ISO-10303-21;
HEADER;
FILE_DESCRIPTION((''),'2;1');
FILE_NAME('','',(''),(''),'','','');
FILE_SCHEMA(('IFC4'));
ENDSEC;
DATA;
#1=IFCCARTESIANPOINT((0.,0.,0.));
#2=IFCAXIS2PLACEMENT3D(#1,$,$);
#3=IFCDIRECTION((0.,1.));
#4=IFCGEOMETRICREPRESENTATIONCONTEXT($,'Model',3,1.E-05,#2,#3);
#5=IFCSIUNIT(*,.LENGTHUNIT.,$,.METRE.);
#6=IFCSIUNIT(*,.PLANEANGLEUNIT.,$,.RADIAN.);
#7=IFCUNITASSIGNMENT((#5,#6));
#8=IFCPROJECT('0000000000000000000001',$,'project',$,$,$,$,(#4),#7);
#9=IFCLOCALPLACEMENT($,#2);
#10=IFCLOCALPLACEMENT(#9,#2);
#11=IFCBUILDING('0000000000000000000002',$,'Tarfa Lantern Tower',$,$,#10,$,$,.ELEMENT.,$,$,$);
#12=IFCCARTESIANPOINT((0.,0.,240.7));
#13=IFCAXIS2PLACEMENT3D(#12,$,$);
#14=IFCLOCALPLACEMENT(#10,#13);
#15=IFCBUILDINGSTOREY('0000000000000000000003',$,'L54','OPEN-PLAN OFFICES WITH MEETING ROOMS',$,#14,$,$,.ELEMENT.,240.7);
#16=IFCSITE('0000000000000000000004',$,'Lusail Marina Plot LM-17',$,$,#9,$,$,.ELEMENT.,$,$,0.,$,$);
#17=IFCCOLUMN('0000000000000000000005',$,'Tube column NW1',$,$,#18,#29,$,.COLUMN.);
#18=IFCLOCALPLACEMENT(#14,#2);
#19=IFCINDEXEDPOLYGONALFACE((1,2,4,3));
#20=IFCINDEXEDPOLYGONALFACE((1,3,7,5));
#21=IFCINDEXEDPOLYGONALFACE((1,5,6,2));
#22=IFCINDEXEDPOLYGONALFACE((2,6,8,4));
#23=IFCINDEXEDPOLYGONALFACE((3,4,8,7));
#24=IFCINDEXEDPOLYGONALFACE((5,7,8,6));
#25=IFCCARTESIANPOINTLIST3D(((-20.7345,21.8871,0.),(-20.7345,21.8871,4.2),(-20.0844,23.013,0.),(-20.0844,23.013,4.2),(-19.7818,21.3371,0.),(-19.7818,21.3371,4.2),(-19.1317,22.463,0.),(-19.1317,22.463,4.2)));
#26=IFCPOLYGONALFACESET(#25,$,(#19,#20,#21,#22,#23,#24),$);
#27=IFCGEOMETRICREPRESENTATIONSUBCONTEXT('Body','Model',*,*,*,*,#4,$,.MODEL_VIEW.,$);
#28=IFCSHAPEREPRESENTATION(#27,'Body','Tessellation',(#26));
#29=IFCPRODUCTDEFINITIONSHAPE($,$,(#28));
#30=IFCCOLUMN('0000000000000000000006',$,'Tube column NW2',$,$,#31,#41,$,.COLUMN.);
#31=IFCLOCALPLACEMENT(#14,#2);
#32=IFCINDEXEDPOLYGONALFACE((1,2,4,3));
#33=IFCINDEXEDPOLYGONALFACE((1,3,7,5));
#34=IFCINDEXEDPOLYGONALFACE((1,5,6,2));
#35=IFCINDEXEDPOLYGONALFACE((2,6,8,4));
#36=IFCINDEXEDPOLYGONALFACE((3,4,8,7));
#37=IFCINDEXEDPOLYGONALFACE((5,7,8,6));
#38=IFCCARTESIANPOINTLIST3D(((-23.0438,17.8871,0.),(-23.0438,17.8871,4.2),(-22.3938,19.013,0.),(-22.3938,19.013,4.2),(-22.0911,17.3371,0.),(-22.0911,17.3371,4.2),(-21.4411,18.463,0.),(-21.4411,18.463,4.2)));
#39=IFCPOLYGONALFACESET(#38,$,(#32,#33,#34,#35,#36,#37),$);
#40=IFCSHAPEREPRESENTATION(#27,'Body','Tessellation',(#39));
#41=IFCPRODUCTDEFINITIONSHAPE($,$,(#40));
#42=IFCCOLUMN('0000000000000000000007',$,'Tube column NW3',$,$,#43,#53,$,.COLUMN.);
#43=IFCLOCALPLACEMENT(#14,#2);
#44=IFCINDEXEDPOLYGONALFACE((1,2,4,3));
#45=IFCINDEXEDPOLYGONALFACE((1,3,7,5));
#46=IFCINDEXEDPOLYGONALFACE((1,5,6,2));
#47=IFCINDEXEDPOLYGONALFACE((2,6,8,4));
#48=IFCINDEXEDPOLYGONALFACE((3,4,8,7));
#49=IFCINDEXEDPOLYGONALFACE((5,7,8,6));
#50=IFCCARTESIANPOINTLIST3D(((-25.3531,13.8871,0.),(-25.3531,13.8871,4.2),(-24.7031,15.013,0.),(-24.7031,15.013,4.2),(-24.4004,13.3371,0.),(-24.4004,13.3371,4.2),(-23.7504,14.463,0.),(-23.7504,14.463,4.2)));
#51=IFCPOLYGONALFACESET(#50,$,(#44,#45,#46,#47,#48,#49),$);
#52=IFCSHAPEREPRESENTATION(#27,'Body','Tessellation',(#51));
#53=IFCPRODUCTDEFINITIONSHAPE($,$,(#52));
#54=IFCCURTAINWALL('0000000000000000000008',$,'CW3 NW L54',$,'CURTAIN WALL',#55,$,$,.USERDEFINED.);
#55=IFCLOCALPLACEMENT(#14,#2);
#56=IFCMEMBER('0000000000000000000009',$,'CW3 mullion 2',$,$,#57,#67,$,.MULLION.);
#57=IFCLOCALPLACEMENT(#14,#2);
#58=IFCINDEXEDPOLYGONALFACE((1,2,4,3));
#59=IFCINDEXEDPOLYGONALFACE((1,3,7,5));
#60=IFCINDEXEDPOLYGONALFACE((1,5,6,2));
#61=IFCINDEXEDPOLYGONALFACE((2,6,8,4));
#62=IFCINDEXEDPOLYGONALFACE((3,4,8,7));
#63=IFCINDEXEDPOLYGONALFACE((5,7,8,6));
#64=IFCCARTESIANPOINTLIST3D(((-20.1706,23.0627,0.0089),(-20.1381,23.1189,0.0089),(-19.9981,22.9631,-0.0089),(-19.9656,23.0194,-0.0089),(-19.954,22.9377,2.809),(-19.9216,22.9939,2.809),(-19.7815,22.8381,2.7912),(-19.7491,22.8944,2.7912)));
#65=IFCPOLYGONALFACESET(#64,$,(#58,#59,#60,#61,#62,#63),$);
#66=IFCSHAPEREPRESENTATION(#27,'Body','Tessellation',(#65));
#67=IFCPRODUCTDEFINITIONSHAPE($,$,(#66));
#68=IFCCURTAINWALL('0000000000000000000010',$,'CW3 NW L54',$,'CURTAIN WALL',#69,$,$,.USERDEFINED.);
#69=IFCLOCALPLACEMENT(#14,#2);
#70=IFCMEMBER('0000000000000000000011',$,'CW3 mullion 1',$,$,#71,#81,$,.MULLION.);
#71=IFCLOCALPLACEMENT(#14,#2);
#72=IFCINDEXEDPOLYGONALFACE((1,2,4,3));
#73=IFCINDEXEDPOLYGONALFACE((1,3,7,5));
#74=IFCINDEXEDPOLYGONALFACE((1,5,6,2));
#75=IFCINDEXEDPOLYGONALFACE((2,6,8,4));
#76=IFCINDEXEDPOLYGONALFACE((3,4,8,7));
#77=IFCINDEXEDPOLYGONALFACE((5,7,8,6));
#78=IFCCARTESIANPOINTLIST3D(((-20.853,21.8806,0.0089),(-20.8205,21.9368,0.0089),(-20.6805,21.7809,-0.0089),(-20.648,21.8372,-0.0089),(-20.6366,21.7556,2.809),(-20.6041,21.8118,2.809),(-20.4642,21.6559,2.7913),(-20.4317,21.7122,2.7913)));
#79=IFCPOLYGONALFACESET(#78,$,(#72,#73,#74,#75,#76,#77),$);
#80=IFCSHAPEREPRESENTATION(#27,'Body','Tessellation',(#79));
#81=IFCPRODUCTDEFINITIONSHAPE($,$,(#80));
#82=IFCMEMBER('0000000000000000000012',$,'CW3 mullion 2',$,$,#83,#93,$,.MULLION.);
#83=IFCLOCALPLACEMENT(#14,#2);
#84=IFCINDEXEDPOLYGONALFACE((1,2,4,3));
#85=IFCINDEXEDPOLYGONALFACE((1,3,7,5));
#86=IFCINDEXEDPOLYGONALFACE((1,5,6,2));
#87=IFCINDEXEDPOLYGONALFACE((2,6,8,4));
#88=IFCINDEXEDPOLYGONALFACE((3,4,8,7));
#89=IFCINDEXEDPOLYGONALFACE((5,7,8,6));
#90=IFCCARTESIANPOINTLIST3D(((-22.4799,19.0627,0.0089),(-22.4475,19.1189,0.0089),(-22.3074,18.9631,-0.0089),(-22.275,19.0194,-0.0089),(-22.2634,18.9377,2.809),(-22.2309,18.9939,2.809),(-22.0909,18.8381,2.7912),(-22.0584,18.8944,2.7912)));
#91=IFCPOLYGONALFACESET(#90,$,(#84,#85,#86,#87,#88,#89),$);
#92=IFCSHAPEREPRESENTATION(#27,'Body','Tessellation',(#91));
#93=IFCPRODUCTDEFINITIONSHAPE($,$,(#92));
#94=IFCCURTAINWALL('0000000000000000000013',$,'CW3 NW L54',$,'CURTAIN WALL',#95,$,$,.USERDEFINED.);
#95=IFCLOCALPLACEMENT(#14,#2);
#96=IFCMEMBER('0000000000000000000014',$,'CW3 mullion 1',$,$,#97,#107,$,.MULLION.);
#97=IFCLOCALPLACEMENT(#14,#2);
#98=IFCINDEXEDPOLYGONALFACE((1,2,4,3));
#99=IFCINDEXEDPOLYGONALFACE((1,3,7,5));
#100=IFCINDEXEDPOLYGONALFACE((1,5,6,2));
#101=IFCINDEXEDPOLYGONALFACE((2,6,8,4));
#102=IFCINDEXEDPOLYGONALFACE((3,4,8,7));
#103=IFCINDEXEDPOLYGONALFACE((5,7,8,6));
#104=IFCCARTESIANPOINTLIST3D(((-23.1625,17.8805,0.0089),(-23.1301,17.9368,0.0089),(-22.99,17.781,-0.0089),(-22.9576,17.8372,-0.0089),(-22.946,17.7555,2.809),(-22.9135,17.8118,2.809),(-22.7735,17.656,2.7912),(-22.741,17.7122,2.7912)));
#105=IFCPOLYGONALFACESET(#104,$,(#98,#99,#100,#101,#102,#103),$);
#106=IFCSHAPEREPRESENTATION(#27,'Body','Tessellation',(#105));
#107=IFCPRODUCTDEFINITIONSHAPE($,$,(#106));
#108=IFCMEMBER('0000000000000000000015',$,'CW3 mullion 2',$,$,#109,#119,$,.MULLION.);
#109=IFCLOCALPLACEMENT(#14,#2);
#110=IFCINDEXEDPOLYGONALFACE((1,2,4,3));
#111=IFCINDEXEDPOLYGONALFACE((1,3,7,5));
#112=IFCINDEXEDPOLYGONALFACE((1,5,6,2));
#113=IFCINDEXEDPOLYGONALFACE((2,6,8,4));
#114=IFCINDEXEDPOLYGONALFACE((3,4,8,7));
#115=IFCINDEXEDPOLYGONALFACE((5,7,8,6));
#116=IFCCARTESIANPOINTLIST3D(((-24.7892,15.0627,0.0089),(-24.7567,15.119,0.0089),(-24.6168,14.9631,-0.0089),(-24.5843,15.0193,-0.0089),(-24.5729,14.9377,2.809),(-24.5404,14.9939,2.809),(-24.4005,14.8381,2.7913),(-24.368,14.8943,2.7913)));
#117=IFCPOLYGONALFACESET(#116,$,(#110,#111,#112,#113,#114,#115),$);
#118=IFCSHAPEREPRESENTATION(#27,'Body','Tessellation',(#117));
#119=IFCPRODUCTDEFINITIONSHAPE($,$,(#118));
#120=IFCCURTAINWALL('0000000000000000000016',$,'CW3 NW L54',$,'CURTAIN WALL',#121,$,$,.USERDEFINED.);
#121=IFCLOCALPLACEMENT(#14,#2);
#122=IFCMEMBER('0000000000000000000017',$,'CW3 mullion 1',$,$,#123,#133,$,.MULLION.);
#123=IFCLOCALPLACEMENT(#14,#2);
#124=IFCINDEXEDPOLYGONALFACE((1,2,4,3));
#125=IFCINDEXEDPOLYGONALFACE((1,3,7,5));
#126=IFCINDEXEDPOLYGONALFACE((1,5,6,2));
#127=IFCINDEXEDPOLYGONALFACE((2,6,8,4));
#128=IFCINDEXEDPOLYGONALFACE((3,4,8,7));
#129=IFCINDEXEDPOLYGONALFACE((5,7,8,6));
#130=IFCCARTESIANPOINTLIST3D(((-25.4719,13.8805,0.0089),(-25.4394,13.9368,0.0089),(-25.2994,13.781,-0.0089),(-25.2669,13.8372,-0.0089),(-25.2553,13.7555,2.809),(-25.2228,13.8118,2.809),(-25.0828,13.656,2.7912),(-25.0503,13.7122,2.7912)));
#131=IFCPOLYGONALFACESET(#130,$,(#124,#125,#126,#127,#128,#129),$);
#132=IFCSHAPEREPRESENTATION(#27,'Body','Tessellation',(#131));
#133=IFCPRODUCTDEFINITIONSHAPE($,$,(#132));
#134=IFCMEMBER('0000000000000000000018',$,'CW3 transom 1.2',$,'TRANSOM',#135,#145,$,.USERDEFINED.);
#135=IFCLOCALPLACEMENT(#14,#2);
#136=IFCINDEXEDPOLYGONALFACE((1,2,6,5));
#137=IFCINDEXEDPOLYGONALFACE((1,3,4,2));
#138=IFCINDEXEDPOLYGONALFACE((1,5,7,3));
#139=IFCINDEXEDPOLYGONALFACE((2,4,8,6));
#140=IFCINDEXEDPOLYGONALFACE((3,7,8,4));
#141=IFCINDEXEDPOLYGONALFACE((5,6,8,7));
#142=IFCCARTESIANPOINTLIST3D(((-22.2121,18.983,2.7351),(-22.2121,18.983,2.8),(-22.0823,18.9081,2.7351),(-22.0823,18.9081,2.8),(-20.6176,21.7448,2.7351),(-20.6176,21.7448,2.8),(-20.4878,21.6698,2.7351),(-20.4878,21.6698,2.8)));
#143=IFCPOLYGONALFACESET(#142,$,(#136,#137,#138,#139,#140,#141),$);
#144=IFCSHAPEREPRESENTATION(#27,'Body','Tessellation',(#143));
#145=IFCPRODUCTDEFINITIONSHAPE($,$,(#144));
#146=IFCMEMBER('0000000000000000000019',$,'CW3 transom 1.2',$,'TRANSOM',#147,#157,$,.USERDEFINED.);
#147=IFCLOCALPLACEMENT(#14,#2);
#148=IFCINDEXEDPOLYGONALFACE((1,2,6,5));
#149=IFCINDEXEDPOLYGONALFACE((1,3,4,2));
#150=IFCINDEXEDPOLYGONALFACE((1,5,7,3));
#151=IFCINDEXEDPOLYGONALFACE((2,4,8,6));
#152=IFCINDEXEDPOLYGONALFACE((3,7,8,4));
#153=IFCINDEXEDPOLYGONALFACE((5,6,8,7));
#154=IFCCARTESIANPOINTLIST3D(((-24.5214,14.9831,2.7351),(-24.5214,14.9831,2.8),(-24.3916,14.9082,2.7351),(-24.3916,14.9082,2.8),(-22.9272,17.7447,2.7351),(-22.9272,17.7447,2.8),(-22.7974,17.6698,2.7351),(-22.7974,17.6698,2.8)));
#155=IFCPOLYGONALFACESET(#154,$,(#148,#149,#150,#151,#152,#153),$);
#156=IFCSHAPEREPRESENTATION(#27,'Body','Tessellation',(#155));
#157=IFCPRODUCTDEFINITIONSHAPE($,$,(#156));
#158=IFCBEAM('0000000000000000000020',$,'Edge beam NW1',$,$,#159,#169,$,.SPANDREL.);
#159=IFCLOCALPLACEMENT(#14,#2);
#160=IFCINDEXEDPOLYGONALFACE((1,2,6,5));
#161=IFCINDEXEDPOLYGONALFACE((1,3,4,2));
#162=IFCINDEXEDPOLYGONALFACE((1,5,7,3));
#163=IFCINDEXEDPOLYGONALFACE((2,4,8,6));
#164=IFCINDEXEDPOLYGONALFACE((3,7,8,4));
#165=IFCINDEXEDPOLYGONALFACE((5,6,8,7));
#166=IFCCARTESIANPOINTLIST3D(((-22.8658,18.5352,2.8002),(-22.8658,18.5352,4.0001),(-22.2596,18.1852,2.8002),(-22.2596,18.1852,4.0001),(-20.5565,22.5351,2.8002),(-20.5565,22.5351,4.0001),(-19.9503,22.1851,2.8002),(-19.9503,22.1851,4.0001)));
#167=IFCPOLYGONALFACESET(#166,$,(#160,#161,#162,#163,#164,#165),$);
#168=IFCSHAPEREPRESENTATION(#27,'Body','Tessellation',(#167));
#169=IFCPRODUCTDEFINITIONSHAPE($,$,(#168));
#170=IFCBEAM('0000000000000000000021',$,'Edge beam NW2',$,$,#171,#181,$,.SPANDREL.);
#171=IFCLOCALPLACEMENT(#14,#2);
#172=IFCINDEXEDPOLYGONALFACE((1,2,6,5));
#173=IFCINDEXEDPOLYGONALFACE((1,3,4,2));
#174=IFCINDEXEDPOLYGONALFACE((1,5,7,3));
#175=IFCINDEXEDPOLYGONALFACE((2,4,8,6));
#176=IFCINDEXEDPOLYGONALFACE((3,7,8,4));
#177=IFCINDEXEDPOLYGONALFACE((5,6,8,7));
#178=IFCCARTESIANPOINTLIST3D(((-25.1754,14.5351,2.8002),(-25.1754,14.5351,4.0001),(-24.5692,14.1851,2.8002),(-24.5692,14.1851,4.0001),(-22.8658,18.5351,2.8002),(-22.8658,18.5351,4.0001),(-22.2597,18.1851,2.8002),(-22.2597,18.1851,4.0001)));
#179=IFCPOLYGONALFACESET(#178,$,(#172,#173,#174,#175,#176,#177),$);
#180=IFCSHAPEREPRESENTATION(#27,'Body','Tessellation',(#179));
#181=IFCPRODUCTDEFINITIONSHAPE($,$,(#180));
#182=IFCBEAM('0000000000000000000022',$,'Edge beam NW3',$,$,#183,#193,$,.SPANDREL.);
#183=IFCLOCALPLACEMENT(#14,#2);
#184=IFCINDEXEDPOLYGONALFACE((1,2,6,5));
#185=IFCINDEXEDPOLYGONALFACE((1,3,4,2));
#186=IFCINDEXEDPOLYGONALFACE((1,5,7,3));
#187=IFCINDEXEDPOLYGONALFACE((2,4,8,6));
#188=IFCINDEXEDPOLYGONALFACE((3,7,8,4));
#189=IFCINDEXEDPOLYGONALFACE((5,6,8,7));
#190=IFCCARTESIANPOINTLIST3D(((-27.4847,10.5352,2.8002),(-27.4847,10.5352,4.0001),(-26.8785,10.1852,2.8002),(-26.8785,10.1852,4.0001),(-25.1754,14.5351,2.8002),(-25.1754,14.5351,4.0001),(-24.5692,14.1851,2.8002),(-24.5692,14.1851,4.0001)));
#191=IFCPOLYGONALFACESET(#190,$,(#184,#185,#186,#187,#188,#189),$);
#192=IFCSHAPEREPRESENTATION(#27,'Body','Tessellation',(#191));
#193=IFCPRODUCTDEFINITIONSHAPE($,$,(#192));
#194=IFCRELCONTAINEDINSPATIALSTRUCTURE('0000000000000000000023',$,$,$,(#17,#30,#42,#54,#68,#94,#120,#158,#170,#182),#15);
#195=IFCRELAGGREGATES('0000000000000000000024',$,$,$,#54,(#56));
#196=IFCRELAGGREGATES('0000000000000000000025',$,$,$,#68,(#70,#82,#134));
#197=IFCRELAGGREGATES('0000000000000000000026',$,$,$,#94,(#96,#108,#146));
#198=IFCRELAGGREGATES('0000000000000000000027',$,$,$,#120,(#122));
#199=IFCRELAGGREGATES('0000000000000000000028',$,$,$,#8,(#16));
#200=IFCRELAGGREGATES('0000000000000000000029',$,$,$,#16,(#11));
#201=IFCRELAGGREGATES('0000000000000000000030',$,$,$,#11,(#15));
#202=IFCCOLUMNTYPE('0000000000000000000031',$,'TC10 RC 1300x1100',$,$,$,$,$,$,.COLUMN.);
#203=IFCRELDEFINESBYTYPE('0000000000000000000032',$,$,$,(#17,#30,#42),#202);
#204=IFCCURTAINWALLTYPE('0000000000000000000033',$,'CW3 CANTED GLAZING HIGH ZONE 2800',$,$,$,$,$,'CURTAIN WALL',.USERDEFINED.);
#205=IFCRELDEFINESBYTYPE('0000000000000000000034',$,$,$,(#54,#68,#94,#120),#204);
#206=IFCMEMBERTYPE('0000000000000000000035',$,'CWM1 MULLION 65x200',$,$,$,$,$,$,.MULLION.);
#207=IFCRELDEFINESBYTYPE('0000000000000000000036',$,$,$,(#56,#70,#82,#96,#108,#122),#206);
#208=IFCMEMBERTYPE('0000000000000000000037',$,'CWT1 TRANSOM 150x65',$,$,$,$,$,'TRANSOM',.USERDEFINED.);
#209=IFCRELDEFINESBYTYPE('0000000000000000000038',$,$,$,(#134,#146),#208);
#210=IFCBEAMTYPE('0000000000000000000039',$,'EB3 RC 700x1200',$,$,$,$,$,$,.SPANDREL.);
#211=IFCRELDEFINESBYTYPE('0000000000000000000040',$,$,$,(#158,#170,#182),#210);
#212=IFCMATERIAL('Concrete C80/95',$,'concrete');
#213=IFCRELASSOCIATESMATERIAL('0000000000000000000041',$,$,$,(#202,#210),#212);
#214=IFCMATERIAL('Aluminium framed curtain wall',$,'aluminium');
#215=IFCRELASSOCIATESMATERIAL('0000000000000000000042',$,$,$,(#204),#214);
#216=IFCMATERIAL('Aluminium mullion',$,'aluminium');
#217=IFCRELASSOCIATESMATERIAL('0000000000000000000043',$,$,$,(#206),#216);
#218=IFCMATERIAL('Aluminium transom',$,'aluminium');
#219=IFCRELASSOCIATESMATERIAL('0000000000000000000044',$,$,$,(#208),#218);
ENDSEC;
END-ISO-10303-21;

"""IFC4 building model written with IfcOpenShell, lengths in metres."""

from ifc_helpers import new_model, si_unit, direction, frame, origin, origin_2d, place, context, subcontext, project, spatial, rectangle, extrude, material, material_profile, profile_set, type_object, element, aggregate, save


model = new_model("IFC4")

# Units and contexts
model_context = context("Model", 3, precision=1e-05, world=origin(), true_north=direction((0.0, 1.0)))
body_context = subcontext(model_context, "Body", "Model", "MODEL_VIEW")
ifc_project = project(units=[si_unit("LENGTHUNIT", "METRE"), si_unit("PLANEANGLEUNIT", "RADIAN")], contexts=[model_context])

# Site, building, storey
site_placement = place(None, origin())
site = spatial("IfcSite", under=ifc_project, at=site_placement, Name="Lusail Marina Plot LM-17", CompositionType="ELEMENT", RefElevation=0.0)
building_placement = place(site_placement, origin())
building = spatial("IfcBuilding", under=site, at=building_placement, Name="Tarfa Lantern Tower", CompositionType="ELEMENT")
storey_placement = place(building_placement, frame((0.0, 0.0, 240.7)))
storey = spatial("IfcBuildingStorey", under=building, at=storey_placement, Name="L54", Description="OPEN-PLAN OFFICES WITH MEETING ROOMS", CompositionType="ELEMENT", Elevation=240.7)

# Columns
ifc_material_1 = material(Name="Concrete C80/95", Category="concrete")
ifc_material_profile_1 = material_profile(ifc_material_1, rectangle(XDim=1.3, YDim=1.1001, at=origin_2d()), Name="RC 1300x1100")
ifc_profile_set_1 = profile_set([ifc_material_profile_1], Name="Concrete C80/95")
column_type = type_object("IfcColumnType", Name="TC10 RC 1300x1100", PredefinedType="COLUMN", material=ifc_profile_set_1)
for number, where, z_axis, x_axis, name in (
    (1, (-19.9331, 22.175, 0.0), (0.0, 0.0, 1.0), (-0.5, -0.866025, 0.0), "Tube column NW1"),
    (2, (-22.2424, 18.175, 0.0), (0.0, 0.0, 1.0), (-0.5, -0.866025, 0.0), "Tube column NW2"),
    (3, (-24.5518, 14.175, 0.0), (0.0, 0.0, 1.0), (-0.5, -0.866025, 0.0), "Tube column NW3"),
):
    element("IfcColumn", number, at=place(storey_placement, frame(where, z_axis=z_axis, x_axis=x_axis)), inside=storey, type_object=column_type, Name=name, PredefinedType="COLUMN", context=body_context, shape_type="SweptSolid", body=[
        extrude(rectangle(XDim=1.3, YDim=1.1001, at=origin_2d()), origin(), (0.0, 0.0, 1.0), 4.2),
    ])

# Curtain wall, member
ifc_material_2 = material(Name="Aluminium framed curtain wall", Category="aluminium")
curtain_wall_type = type_object("IfcCurtainWallType", Name="CW3 CANTED GLAZING HIGH ZONE 2800", ElementType="CURTAIN WALL", PredefinedType="USERDEFINED", material=ifc_material_2)
curtain_wall_1_placement = place(storey_placement, origin())
curtain_wall_1 = element("IfcCurtainWall", 4, at=curtain_wall_1_placement, inside=storey, type_object=curtain_wall_type, Name="CW3 NW L54", ObjectType="CURTAIN WALL", PredefinedType="USERDEFINED")
ifc_material_3 = material(Name="Aluminium mullion", Category="aluminium")
ifc_material_profile_2 = material_profile(ifc_material_3, rectangle(XDim=0.0649, YDim=0.2, at=origin_2d()), Name="AL MULLION 65x200")
ifc_profile_set_2 = profile_set([ifc_material_profile_2], Name="Aluminium mullion")
member_type_1 = type_object("IfcMemberType", Name="CWM1 MULLION 65x200", PredefinedType="MULLION", material=ifc_profile_set_2)
member_1_placement = place(storey_placement, frame((-20.0681, 23.041, 0.0), z_axis=(0.077032, -0.044465, 0.996037), x_axis=(0.49992, 0.866072, 0.0)))
member_1 = element("IfcMember", 5, at=member_1_placement, type_object=member_type_1, Name="CW3 mullion 2", PredefinedType="MULLION", context=body_context, shape_type="SweptSolid", body=[
    extrude(rectangle(XDim=0.0649, YDim=0.2, at=origin_2d()), origin(), (0.0, 0.0, 1.0), 2.8113),
])

# Curtain walls, members
curtain_wall_2_placement = place(storey_placement, origin())
curtain_wall_2 = element("IfcCurtainWall", 6, at=curtain_wall_2_placement, inside=storey, type_object=curtain_wall_type, Name="CW3 NW L54", ObjectType="CURTAIN WALL", PredefinedType="USERDEFINED")
member_2_placement = place(storey_placement, frame((-20.7505, 21.8589, 0.0), z_axis=(0.076946, -0.044465, 0.996043), x_axis=(0.500343, 0.865827, 0.0)))
member_2 = element("IfcMember", 7, at=member_2_placement, type_object=member_type_1, Name="CW3 mullion 1", PredefinedType="MULLION", context=body_context, shape_type="SweptSolid", body=[
    extrude(rectangle(XDim=0.0649, YDim=0.2, at=origin_2d()), origin(), (0.0, 0.0, 1.0), 2.8113),
])
member_3_placement = place(storey_placement, frame((-22.3774, 19.041, 0.0), z_axis=(0.077032, -0.044465, 0.996037), x_axis=(0.49992, 0.866072, 0.0)))
member_3 = element("IfcMember", 8, at=member_3_placement, type_object=member_type_1, Name="CW3 mullion 2", PredefinedType="MULLION", context=body_context, shape_type="SweptSolid", body=[
    extrude(rectangle(XDim=0.0649, YDim=0.2, at=origin_2d()), origin(), (0.0, 0.0, 1.0), 2.8113),
])
curtain_wall_3_placement = place(storey_placement, origin())
curtain_wall_3 = element("IfcCurtainWall", 9, at=curtain_wall_3_placement, inside=storey, type_object=curtain_wall_type, Name="CW3 NW L54", ObjectType="CURTAIN WALL", PredefinedType="USERDEFINED")
member_4_placement = place(storey_placement, frame((-23.0601, 17.8589, 0.0), z_axis=(0.077032, -0.044465, 0.996037), x_axis=(0.49992, 0.866072, 0.0)))
member_4 = element("IfcMember", 10, at=member_4_placement, type_object=member_type_1, Name="CW3 mullion 1", PredefinedType="MULLION", context=body_context, shape_type="SweptSolid", body=[
    extrude(rectangle(XDim=0.0649, YDim=0.2, at=origin_2d()), origin(), (0.0, 0.0, 1.0), 2.8113),
])
member_5_placement = place(storey_placement, frame((-24.6868, 15.041, 0.0), z_axis=(0.076946, -0.044465, 0.996043), x_axis=(0.500343, 0.865827, 0.0)))
member_5 = element("IfcMember", 11, at=member_5_placement, type_object=member_type_1, Name="CW3 mullion 2", PredefinedType="MULLION", context=body_context, shape_type="SweptSolid", body=[
    extrude(rectangle(XDim=0.0649, YDim=0.2, at=origin_2d()), origin(), (0.0, 0.0, 1.0), 2.8113),
])

# Curtain wall, member
curtain_wall_4_placement = place(storey_placement, origin())
curtain_wall_4 = element("IfcCurtainWall", 12, at=curtain_wall_4_placement, inside=storey, type_object=curtain_wall_type, Name="CW3 NW L54", ObjectType="CURTAIN WALL", PredefinedType="USERDEFINED")
member_6_placement = place(storey_placement, frame((-25.3694, 13.8589, 0.0), z_axis=(0.077032, -0.044465, 0.996037), x_axis=(0.49992, 0.866072, 0.0)))
member_6 = element("IfcMember", 13, at=member_6_placement, type_object=member_type_1, Name="CW3 mullion 1", PredefinedType="MULLION", context=body_context, shape_type="SweptSolid", body=[
    extrude(rectangle(XDim=0.0649, YDim=0.2, at=origin_2d()), origin(), (0.0, 0.0, 1.0), 2.8113),
])

# Members
ifc_material_4 = material(Name="Aluminium transom", Category="aluminium")
ifc_material_profile_3 = material_profile(ifc_material_4, rectangle(XDim=0.1499, YDim=0.0649, at=origin_2d()), Name="AL TRANSOM 150x65")
ifc_profile_set_3 = profile_set([ifc_material_profile_3], Name="Aluminium transom")
member_type_2 = type_object("IfcMemberType", Name="CWT1 TRANSOM 150x65", ElementType="TRANSOM", PredefinedType="USERDEFINED", material=ifc_profile_set_3)
member_7_placement = place(storey_placement, frame((-20.5527, 21.7073, 2.7676), z_axis=(-0.500001, -0.866025, 0.0), x_axis=(0.866025, -0.500001, 0.0)))
member_7 = element("IfcMember", 14, at=member_7_placement, type_object=member_type_2, Name="CW3 transom 1.2", ObjectType="TRANSOM", PredefinedType="USERDEFINED", context=body_context, shape_type="SweptSolid", body=[
    extrude(rectangle(XDim=0.1499, YDim=0.0649, at=origin_2d()), origin(), (0.0, 0.0, 1.0), 3.189),
])
member_8_placement = place(storey_placement, frame((-22.8623, 17.7073, 2.7676), z_axis=(-0.499943, -0.866058, 0.0), x_axis=(0.866058, -0.499943, 0.0)))
member_8 = element("IfcMember", 15, at=member_8_placement, type_object=member_type_2, Name="CW3 transom 1.2", ObjectType="TRANSOM", PredefinedType="USERDEFINED", context=body_context, shape_type="SweptSolid", body=[
    extrude(rectangle(XDim=0.1499, YDim=0.0649, at=origin_2d()), origin(), (0.0, 0.0, 1.0), 3.1887),
])

# Beams
ifc_material_profile_4 = material_profile(ifc_material_1, rectangle(XDim=0.7, YDim=1.2, at=origin_2d()), Name="RC 700x1200")
ifc_profile_set_4 = profile_set([ifc_material_profile_4], Name="Concrete C80/95")
beam_type_1 = type_object("IfcBeamType", Name="EB3 RC 700x1200", PredefinedType="SPANDREL", material=ifc_profile_set_4)
beam_1_placement = place(storey_placement, frame((-20.2534, 22.3601, 3.4001), z_axis=(-0.499988, -0.866032, 0.0), x_axis=(0.866032, -0.499988, 0.0)))
element("IfcBeam", 16, at=beam_1_placement, inside=storey, type_object=beam_type_1, Name="Edge beam NW1", PredefinedType="SPANDREL", context=body_context, shape_type="SweptSolid", body=[
    extrude(rectangle(XDim=0.7, YDim=1.2, at=origin_2d()), origin(), (0.0, 0.0, 1.0), 4.6187),
])
beam_2_placement = place(storey_placement, frame((-22.5627, 18.3601, 3.4001), z_axis=(-0.500027, -0.86601, 0.0), x_axis=(0.86601, -0.500027, 0.0)))
element("IfcBeam", 17, at=beam_2_placement, inside=storey, type_object=beam_type_1, Name="Edge beam NW2", PredefinedType="SPANDREL", context=body_context, shape_type="SweptSolid", body=[
    extrude(rectangle(XDim=0.7, YDim=1.2, at=origin_2d()), origin(), (0.0, 0.0, 1.0), 4.6189),
])
beam_3_placement = place(storey_placement, frame((-24.8723, 14.3601, 3.4001), z_axis=(-0.499988, -0.866032, 0.0), x_axis=(0.866032, -0.499988, 0.0)))
element("IfcBeam", 18, at=beam_3_placement, inside=storey, type_object=beam_type_1, Name="Edge beam NW3", PredefinedType="SPANDREL", context=body_context, shape_type="SweptSolid", body=[
    extrude(rectangle(XDim=0.7, YDim=1.2, at=origin_2d()), origin(), (0.0, 0.0, 1.0), 4.6187),
])

aggregate(curtain_wall_1, [member_1])
aggregate(curtain_wall_2, [member_2, member_3, member_7])
aggregate(curtain_wall_3, [member_4, member_5, member_8])
aggregate(curtain_wall_4, [member_6])

save(model, "model.ifc")
